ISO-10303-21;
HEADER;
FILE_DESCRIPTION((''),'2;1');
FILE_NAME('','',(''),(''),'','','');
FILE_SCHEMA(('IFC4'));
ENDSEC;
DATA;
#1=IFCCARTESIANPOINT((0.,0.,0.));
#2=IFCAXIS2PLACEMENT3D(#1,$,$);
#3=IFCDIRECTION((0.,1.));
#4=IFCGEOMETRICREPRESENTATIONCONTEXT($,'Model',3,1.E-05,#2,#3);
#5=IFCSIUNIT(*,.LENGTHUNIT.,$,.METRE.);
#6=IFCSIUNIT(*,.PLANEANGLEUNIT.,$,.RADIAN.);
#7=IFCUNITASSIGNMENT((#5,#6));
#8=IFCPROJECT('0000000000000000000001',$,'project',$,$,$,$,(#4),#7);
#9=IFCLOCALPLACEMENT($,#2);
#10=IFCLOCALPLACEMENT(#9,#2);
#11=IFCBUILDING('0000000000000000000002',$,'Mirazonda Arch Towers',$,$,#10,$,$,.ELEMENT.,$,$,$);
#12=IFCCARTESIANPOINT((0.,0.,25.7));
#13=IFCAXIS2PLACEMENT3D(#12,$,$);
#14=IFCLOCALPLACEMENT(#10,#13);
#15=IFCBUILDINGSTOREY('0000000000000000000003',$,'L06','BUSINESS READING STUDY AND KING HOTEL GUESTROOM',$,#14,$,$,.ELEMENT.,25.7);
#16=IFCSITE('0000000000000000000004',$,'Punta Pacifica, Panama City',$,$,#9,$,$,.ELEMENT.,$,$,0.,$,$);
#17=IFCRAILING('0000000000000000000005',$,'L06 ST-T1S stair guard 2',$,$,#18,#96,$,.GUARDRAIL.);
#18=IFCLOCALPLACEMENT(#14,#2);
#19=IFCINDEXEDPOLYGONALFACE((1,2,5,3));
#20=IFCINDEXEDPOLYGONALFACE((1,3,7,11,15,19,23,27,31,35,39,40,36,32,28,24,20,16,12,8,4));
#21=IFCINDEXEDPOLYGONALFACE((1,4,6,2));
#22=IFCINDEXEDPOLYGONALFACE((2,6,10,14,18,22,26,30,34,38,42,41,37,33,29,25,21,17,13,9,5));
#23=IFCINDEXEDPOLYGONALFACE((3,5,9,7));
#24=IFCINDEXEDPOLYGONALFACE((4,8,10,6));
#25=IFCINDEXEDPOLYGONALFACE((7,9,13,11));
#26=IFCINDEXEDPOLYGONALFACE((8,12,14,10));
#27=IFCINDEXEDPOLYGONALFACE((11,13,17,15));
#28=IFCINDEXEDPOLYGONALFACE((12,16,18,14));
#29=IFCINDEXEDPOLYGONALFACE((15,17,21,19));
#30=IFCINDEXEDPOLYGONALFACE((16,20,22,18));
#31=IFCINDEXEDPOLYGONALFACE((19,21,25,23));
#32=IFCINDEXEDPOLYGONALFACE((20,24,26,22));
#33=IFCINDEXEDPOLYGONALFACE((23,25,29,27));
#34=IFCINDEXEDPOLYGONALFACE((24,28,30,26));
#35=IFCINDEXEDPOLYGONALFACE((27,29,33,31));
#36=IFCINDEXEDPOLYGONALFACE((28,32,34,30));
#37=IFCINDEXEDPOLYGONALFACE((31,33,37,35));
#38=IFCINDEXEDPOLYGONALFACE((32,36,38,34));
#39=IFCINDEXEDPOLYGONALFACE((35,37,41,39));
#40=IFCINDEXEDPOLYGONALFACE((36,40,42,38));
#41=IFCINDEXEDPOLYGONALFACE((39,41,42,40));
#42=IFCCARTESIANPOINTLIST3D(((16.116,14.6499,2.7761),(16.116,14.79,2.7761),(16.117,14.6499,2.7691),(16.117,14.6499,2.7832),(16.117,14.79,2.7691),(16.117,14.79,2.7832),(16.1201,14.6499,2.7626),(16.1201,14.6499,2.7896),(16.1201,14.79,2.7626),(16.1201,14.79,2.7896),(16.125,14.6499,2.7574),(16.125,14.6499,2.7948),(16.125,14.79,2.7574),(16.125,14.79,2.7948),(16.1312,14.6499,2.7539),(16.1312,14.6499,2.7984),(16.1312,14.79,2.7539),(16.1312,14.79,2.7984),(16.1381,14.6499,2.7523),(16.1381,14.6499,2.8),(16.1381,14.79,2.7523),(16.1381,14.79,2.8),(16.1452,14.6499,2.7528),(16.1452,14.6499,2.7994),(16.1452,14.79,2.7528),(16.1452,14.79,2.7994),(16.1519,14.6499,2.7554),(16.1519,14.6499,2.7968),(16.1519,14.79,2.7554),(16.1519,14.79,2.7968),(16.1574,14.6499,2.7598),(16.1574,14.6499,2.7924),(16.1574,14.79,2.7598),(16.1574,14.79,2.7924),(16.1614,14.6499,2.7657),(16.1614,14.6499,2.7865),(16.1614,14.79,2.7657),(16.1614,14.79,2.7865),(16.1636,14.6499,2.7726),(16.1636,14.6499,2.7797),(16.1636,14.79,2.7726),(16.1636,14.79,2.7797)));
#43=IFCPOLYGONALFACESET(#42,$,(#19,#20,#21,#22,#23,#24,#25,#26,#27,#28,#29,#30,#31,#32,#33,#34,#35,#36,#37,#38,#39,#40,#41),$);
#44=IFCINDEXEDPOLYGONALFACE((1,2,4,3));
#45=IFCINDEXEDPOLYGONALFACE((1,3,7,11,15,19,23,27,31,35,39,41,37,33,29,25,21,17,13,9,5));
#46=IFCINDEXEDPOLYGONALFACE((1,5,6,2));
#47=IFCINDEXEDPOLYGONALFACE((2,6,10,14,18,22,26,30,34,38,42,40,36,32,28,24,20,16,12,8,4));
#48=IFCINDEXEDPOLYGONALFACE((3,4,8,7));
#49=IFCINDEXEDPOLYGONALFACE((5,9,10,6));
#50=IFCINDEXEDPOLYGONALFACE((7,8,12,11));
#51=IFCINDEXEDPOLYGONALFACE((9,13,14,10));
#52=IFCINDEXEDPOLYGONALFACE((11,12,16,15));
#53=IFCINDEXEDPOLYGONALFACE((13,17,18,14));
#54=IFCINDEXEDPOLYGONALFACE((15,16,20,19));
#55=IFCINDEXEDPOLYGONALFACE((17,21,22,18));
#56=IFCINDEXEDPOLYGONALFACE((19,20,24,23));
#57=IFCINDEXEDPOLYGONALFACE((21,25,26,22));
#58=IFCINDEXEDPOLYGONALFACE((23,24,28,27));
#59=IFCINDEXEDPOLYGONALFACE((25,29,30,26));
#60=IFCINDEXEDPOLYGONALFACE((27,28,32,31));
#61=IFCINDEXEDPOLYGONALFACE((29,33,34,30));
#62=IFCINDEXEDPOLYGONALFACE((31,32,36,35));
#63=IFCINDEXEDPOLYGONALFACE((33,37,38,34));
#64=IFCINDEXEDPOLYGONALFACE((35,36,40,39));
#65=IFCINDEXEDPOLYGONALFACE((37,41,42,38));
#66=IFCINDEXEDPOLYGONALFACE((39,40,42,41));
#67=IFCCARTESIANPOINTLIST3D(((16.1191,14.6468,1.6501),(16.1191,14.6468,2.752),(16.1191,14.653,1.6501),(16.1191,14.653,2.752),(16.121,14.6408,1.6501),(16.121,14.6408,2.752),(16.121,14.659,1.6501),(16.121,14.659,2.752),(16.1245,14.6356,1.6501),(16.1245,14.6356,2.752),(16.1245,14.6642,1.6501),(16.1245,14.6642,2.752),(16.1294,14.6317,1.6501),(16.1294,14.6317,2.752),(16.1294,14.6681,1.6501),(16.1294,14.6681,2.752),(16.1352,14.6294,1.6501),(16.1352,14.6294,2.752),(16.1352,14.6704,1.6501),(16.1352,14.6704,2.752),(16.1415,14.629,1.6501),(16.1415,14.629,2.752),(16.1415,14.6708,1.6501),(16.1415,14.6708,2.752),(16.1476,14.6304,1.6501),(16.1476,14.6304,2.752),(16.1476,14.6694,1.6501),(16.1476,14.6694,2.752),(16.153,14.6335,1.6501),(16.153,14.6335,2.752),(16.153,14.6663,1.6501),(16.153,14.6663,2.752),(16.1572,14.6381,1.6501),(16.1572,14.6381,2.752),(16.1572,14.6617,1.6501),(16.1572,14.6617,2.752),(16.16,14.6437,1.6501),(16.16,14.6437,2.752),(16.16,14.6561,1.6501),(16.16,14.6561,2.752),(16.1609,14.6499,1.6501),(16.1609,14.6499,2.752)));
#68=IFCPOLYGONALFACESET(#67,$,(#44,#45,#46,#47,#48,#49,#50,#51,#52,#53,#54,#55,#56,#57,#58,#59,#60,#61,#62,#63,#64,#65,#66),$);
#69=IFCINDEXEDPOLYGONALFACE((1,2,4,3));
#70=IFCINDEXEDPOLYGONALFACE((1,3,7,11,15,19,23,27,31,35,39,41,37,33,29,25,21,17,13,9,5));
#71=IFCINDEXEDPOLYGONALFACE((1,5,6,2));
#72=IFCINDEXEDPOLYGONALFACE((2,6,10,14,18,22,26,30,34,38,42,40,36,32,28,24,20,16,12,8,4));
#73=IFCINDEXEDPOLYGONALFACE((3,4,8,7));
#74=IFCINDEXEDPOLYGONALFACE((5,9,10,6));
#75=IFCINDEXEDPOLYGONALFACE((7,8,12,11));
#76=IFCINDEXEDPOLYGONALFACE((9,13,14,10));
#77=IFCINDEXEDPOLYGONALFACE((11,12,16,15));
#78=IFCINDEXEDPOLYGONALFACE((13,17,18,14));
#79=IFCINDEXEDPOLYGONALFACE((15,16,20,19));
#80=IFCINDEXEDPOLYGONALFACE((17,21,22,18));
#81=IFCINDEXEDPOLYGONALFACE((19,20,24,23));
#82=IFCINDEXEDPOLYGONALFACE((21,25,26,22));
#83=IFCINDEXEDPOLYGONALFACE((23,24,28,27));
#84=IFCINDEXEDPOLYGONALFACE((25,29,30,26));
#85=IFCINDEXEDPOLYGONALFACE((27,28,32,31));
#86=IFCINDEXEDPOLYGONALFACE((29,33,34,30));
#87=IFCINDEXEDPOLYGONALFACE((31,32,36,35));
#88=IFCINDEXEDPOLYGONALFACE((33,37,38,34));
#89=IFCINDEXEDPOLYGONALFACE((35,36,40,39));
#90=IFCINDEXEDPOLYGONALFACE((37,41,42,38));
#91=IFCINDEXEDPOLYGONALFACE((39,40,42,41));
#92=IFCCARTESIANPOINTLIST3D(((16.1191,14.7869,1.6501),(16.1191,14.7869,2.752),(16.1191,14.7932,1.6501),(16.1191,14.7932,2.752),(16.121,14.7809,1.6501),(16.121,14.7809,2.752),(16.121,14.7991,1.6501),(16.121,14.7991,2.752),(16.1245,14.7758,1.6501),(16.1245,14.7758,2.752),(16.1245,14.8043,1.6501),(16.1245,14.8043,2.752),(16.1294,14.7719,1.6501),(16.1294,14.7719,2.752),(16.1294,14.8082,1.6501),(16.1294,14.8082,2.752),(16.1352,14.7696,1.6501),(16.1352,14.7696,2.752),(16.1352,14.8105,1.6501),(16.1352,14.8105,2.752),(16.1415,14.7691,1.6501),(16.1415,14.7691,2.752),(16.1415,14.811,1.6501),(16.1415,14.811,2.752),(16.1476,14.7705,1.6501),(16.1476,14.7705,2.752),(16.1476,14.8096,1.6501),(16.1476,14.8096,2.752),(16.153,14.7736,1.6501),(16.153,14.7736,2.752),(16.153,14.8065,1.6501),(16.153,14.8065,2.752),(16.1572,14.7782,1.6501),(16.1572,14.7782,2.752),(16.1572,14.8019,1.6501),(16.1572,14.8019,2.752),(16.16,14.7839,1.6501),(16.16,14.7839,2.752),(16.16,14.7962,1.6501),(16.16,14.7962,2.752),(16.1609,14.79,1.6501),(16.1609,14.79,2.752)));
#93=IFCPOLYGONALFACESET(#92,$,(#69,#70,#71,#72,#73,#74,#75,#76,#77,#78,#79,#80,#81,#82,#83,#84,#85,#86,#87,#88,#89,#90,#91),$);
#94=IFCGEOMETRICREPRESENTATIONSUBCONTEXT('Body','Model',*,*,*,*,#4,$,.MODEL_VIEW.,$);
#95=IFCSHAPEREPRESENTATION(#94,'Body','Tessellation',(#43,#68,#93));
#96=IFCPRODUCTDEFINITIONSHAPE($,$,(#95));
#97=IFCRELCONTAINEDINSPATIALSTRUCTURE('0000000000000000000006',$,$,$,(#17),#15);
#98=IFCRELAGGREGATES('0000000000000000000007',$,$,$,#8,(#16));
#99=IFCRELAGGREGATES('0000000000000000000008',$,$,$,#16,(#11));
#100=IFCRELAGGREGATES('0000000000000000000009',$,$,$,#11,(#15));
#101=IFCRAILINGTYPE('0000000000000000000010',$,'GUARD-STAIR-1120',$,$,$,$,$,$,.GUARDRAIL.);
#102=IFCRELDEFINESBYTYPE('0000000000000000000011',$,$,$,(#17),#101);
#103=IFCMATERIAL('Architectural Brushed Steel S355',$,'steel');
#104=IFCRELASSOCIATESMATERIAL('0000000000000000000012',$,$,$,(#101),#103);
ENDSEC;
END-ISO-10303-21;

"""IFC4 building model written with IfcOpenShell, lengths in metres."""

from ifc_helpers import new_model, si_unit, direction, frame, origin, origin_2d, place, context, subcontext, project, spatial, circle, extrude, material, type_object, element, save


model = new_model("IFC4")

# Units and contexts
model_context = context("Model", 3, precision=1e-05, world=origin(), true_north=direction((0.0, 1.0)))
body_context = subcontext(model_context, "Body", "Model", "MODEL_VIEW")
ifc_project = project(units=[si_unit("LENGTHUNIT", "METRE"), si_unit("PLANEANGLEUNIT", "RADIAN")], contexts=[model_context])

# Site, building, storey
site_placement = place(None, origin())
site = spatial("IfcSite", under=ifc_project, at=site_placement, Name="Punta Pacifica, Panama City", CompositionType="ELEMENT", RefElevation=0.0)
building_placement = place(site_placement, origin())
building = spatial("IfcBuilding", under=site, at=building_placement, Name="Mirazonda Arch Towers", CompositionType="ELEMENT")
storey_placement = place(building_placement, frame((0.0, 0.0, 25.7)))
storey = spatial("IfcBuildingStorey", under=building, at=storey_placement, Name="L06", Description="BUSINESS READING STUDY AND KING HOTEL GUESTROOM", CompositionType="ELEMENT", Elevation=25.7)

# Railing
ifc_material_1 = material(Name="Architectural Brushed Steel S355", Category="steel")
railing_type_1 = type_object("IfcRailingType", Name="GUARD-STAIR-1120", PredefinedType="GUARDRAIL", material=ifc_material_1)
railing_1_placement = place(storey_placement, frame((16.1399, 14.6499, 1.6501)))
element("IfcRailing", 1, at=railing_1_placement, inside=storey, type_object=railing_type_1, Name="L06 ST-T1S stair guard 2", PredefinedType="GUARDRAIL", context=body_context, shape_type="SweptSolid", body=[
    extrude(circle(Radius=0.0239, at=origin_2d()), frame((0.0, 0.0, 1.126), z_axis=(0.0, 1.0, 0.0), x_axis=(-1.0, 0.0, 0.0)), (0.0, 0.0, 1.0), 0.1401),
    extrude(circle(Radius=0.021, at=origin_2d()), origin(), (0.0, 0.0, 1.0), 1.1018),
    extrude(circle(Radius=0.021, at=origin_2d()), frame((0.0, 0.1401, 0.0)), (0.0, 0.0, 1.0), 1.1018),
])

save(model, "model.ifc")
